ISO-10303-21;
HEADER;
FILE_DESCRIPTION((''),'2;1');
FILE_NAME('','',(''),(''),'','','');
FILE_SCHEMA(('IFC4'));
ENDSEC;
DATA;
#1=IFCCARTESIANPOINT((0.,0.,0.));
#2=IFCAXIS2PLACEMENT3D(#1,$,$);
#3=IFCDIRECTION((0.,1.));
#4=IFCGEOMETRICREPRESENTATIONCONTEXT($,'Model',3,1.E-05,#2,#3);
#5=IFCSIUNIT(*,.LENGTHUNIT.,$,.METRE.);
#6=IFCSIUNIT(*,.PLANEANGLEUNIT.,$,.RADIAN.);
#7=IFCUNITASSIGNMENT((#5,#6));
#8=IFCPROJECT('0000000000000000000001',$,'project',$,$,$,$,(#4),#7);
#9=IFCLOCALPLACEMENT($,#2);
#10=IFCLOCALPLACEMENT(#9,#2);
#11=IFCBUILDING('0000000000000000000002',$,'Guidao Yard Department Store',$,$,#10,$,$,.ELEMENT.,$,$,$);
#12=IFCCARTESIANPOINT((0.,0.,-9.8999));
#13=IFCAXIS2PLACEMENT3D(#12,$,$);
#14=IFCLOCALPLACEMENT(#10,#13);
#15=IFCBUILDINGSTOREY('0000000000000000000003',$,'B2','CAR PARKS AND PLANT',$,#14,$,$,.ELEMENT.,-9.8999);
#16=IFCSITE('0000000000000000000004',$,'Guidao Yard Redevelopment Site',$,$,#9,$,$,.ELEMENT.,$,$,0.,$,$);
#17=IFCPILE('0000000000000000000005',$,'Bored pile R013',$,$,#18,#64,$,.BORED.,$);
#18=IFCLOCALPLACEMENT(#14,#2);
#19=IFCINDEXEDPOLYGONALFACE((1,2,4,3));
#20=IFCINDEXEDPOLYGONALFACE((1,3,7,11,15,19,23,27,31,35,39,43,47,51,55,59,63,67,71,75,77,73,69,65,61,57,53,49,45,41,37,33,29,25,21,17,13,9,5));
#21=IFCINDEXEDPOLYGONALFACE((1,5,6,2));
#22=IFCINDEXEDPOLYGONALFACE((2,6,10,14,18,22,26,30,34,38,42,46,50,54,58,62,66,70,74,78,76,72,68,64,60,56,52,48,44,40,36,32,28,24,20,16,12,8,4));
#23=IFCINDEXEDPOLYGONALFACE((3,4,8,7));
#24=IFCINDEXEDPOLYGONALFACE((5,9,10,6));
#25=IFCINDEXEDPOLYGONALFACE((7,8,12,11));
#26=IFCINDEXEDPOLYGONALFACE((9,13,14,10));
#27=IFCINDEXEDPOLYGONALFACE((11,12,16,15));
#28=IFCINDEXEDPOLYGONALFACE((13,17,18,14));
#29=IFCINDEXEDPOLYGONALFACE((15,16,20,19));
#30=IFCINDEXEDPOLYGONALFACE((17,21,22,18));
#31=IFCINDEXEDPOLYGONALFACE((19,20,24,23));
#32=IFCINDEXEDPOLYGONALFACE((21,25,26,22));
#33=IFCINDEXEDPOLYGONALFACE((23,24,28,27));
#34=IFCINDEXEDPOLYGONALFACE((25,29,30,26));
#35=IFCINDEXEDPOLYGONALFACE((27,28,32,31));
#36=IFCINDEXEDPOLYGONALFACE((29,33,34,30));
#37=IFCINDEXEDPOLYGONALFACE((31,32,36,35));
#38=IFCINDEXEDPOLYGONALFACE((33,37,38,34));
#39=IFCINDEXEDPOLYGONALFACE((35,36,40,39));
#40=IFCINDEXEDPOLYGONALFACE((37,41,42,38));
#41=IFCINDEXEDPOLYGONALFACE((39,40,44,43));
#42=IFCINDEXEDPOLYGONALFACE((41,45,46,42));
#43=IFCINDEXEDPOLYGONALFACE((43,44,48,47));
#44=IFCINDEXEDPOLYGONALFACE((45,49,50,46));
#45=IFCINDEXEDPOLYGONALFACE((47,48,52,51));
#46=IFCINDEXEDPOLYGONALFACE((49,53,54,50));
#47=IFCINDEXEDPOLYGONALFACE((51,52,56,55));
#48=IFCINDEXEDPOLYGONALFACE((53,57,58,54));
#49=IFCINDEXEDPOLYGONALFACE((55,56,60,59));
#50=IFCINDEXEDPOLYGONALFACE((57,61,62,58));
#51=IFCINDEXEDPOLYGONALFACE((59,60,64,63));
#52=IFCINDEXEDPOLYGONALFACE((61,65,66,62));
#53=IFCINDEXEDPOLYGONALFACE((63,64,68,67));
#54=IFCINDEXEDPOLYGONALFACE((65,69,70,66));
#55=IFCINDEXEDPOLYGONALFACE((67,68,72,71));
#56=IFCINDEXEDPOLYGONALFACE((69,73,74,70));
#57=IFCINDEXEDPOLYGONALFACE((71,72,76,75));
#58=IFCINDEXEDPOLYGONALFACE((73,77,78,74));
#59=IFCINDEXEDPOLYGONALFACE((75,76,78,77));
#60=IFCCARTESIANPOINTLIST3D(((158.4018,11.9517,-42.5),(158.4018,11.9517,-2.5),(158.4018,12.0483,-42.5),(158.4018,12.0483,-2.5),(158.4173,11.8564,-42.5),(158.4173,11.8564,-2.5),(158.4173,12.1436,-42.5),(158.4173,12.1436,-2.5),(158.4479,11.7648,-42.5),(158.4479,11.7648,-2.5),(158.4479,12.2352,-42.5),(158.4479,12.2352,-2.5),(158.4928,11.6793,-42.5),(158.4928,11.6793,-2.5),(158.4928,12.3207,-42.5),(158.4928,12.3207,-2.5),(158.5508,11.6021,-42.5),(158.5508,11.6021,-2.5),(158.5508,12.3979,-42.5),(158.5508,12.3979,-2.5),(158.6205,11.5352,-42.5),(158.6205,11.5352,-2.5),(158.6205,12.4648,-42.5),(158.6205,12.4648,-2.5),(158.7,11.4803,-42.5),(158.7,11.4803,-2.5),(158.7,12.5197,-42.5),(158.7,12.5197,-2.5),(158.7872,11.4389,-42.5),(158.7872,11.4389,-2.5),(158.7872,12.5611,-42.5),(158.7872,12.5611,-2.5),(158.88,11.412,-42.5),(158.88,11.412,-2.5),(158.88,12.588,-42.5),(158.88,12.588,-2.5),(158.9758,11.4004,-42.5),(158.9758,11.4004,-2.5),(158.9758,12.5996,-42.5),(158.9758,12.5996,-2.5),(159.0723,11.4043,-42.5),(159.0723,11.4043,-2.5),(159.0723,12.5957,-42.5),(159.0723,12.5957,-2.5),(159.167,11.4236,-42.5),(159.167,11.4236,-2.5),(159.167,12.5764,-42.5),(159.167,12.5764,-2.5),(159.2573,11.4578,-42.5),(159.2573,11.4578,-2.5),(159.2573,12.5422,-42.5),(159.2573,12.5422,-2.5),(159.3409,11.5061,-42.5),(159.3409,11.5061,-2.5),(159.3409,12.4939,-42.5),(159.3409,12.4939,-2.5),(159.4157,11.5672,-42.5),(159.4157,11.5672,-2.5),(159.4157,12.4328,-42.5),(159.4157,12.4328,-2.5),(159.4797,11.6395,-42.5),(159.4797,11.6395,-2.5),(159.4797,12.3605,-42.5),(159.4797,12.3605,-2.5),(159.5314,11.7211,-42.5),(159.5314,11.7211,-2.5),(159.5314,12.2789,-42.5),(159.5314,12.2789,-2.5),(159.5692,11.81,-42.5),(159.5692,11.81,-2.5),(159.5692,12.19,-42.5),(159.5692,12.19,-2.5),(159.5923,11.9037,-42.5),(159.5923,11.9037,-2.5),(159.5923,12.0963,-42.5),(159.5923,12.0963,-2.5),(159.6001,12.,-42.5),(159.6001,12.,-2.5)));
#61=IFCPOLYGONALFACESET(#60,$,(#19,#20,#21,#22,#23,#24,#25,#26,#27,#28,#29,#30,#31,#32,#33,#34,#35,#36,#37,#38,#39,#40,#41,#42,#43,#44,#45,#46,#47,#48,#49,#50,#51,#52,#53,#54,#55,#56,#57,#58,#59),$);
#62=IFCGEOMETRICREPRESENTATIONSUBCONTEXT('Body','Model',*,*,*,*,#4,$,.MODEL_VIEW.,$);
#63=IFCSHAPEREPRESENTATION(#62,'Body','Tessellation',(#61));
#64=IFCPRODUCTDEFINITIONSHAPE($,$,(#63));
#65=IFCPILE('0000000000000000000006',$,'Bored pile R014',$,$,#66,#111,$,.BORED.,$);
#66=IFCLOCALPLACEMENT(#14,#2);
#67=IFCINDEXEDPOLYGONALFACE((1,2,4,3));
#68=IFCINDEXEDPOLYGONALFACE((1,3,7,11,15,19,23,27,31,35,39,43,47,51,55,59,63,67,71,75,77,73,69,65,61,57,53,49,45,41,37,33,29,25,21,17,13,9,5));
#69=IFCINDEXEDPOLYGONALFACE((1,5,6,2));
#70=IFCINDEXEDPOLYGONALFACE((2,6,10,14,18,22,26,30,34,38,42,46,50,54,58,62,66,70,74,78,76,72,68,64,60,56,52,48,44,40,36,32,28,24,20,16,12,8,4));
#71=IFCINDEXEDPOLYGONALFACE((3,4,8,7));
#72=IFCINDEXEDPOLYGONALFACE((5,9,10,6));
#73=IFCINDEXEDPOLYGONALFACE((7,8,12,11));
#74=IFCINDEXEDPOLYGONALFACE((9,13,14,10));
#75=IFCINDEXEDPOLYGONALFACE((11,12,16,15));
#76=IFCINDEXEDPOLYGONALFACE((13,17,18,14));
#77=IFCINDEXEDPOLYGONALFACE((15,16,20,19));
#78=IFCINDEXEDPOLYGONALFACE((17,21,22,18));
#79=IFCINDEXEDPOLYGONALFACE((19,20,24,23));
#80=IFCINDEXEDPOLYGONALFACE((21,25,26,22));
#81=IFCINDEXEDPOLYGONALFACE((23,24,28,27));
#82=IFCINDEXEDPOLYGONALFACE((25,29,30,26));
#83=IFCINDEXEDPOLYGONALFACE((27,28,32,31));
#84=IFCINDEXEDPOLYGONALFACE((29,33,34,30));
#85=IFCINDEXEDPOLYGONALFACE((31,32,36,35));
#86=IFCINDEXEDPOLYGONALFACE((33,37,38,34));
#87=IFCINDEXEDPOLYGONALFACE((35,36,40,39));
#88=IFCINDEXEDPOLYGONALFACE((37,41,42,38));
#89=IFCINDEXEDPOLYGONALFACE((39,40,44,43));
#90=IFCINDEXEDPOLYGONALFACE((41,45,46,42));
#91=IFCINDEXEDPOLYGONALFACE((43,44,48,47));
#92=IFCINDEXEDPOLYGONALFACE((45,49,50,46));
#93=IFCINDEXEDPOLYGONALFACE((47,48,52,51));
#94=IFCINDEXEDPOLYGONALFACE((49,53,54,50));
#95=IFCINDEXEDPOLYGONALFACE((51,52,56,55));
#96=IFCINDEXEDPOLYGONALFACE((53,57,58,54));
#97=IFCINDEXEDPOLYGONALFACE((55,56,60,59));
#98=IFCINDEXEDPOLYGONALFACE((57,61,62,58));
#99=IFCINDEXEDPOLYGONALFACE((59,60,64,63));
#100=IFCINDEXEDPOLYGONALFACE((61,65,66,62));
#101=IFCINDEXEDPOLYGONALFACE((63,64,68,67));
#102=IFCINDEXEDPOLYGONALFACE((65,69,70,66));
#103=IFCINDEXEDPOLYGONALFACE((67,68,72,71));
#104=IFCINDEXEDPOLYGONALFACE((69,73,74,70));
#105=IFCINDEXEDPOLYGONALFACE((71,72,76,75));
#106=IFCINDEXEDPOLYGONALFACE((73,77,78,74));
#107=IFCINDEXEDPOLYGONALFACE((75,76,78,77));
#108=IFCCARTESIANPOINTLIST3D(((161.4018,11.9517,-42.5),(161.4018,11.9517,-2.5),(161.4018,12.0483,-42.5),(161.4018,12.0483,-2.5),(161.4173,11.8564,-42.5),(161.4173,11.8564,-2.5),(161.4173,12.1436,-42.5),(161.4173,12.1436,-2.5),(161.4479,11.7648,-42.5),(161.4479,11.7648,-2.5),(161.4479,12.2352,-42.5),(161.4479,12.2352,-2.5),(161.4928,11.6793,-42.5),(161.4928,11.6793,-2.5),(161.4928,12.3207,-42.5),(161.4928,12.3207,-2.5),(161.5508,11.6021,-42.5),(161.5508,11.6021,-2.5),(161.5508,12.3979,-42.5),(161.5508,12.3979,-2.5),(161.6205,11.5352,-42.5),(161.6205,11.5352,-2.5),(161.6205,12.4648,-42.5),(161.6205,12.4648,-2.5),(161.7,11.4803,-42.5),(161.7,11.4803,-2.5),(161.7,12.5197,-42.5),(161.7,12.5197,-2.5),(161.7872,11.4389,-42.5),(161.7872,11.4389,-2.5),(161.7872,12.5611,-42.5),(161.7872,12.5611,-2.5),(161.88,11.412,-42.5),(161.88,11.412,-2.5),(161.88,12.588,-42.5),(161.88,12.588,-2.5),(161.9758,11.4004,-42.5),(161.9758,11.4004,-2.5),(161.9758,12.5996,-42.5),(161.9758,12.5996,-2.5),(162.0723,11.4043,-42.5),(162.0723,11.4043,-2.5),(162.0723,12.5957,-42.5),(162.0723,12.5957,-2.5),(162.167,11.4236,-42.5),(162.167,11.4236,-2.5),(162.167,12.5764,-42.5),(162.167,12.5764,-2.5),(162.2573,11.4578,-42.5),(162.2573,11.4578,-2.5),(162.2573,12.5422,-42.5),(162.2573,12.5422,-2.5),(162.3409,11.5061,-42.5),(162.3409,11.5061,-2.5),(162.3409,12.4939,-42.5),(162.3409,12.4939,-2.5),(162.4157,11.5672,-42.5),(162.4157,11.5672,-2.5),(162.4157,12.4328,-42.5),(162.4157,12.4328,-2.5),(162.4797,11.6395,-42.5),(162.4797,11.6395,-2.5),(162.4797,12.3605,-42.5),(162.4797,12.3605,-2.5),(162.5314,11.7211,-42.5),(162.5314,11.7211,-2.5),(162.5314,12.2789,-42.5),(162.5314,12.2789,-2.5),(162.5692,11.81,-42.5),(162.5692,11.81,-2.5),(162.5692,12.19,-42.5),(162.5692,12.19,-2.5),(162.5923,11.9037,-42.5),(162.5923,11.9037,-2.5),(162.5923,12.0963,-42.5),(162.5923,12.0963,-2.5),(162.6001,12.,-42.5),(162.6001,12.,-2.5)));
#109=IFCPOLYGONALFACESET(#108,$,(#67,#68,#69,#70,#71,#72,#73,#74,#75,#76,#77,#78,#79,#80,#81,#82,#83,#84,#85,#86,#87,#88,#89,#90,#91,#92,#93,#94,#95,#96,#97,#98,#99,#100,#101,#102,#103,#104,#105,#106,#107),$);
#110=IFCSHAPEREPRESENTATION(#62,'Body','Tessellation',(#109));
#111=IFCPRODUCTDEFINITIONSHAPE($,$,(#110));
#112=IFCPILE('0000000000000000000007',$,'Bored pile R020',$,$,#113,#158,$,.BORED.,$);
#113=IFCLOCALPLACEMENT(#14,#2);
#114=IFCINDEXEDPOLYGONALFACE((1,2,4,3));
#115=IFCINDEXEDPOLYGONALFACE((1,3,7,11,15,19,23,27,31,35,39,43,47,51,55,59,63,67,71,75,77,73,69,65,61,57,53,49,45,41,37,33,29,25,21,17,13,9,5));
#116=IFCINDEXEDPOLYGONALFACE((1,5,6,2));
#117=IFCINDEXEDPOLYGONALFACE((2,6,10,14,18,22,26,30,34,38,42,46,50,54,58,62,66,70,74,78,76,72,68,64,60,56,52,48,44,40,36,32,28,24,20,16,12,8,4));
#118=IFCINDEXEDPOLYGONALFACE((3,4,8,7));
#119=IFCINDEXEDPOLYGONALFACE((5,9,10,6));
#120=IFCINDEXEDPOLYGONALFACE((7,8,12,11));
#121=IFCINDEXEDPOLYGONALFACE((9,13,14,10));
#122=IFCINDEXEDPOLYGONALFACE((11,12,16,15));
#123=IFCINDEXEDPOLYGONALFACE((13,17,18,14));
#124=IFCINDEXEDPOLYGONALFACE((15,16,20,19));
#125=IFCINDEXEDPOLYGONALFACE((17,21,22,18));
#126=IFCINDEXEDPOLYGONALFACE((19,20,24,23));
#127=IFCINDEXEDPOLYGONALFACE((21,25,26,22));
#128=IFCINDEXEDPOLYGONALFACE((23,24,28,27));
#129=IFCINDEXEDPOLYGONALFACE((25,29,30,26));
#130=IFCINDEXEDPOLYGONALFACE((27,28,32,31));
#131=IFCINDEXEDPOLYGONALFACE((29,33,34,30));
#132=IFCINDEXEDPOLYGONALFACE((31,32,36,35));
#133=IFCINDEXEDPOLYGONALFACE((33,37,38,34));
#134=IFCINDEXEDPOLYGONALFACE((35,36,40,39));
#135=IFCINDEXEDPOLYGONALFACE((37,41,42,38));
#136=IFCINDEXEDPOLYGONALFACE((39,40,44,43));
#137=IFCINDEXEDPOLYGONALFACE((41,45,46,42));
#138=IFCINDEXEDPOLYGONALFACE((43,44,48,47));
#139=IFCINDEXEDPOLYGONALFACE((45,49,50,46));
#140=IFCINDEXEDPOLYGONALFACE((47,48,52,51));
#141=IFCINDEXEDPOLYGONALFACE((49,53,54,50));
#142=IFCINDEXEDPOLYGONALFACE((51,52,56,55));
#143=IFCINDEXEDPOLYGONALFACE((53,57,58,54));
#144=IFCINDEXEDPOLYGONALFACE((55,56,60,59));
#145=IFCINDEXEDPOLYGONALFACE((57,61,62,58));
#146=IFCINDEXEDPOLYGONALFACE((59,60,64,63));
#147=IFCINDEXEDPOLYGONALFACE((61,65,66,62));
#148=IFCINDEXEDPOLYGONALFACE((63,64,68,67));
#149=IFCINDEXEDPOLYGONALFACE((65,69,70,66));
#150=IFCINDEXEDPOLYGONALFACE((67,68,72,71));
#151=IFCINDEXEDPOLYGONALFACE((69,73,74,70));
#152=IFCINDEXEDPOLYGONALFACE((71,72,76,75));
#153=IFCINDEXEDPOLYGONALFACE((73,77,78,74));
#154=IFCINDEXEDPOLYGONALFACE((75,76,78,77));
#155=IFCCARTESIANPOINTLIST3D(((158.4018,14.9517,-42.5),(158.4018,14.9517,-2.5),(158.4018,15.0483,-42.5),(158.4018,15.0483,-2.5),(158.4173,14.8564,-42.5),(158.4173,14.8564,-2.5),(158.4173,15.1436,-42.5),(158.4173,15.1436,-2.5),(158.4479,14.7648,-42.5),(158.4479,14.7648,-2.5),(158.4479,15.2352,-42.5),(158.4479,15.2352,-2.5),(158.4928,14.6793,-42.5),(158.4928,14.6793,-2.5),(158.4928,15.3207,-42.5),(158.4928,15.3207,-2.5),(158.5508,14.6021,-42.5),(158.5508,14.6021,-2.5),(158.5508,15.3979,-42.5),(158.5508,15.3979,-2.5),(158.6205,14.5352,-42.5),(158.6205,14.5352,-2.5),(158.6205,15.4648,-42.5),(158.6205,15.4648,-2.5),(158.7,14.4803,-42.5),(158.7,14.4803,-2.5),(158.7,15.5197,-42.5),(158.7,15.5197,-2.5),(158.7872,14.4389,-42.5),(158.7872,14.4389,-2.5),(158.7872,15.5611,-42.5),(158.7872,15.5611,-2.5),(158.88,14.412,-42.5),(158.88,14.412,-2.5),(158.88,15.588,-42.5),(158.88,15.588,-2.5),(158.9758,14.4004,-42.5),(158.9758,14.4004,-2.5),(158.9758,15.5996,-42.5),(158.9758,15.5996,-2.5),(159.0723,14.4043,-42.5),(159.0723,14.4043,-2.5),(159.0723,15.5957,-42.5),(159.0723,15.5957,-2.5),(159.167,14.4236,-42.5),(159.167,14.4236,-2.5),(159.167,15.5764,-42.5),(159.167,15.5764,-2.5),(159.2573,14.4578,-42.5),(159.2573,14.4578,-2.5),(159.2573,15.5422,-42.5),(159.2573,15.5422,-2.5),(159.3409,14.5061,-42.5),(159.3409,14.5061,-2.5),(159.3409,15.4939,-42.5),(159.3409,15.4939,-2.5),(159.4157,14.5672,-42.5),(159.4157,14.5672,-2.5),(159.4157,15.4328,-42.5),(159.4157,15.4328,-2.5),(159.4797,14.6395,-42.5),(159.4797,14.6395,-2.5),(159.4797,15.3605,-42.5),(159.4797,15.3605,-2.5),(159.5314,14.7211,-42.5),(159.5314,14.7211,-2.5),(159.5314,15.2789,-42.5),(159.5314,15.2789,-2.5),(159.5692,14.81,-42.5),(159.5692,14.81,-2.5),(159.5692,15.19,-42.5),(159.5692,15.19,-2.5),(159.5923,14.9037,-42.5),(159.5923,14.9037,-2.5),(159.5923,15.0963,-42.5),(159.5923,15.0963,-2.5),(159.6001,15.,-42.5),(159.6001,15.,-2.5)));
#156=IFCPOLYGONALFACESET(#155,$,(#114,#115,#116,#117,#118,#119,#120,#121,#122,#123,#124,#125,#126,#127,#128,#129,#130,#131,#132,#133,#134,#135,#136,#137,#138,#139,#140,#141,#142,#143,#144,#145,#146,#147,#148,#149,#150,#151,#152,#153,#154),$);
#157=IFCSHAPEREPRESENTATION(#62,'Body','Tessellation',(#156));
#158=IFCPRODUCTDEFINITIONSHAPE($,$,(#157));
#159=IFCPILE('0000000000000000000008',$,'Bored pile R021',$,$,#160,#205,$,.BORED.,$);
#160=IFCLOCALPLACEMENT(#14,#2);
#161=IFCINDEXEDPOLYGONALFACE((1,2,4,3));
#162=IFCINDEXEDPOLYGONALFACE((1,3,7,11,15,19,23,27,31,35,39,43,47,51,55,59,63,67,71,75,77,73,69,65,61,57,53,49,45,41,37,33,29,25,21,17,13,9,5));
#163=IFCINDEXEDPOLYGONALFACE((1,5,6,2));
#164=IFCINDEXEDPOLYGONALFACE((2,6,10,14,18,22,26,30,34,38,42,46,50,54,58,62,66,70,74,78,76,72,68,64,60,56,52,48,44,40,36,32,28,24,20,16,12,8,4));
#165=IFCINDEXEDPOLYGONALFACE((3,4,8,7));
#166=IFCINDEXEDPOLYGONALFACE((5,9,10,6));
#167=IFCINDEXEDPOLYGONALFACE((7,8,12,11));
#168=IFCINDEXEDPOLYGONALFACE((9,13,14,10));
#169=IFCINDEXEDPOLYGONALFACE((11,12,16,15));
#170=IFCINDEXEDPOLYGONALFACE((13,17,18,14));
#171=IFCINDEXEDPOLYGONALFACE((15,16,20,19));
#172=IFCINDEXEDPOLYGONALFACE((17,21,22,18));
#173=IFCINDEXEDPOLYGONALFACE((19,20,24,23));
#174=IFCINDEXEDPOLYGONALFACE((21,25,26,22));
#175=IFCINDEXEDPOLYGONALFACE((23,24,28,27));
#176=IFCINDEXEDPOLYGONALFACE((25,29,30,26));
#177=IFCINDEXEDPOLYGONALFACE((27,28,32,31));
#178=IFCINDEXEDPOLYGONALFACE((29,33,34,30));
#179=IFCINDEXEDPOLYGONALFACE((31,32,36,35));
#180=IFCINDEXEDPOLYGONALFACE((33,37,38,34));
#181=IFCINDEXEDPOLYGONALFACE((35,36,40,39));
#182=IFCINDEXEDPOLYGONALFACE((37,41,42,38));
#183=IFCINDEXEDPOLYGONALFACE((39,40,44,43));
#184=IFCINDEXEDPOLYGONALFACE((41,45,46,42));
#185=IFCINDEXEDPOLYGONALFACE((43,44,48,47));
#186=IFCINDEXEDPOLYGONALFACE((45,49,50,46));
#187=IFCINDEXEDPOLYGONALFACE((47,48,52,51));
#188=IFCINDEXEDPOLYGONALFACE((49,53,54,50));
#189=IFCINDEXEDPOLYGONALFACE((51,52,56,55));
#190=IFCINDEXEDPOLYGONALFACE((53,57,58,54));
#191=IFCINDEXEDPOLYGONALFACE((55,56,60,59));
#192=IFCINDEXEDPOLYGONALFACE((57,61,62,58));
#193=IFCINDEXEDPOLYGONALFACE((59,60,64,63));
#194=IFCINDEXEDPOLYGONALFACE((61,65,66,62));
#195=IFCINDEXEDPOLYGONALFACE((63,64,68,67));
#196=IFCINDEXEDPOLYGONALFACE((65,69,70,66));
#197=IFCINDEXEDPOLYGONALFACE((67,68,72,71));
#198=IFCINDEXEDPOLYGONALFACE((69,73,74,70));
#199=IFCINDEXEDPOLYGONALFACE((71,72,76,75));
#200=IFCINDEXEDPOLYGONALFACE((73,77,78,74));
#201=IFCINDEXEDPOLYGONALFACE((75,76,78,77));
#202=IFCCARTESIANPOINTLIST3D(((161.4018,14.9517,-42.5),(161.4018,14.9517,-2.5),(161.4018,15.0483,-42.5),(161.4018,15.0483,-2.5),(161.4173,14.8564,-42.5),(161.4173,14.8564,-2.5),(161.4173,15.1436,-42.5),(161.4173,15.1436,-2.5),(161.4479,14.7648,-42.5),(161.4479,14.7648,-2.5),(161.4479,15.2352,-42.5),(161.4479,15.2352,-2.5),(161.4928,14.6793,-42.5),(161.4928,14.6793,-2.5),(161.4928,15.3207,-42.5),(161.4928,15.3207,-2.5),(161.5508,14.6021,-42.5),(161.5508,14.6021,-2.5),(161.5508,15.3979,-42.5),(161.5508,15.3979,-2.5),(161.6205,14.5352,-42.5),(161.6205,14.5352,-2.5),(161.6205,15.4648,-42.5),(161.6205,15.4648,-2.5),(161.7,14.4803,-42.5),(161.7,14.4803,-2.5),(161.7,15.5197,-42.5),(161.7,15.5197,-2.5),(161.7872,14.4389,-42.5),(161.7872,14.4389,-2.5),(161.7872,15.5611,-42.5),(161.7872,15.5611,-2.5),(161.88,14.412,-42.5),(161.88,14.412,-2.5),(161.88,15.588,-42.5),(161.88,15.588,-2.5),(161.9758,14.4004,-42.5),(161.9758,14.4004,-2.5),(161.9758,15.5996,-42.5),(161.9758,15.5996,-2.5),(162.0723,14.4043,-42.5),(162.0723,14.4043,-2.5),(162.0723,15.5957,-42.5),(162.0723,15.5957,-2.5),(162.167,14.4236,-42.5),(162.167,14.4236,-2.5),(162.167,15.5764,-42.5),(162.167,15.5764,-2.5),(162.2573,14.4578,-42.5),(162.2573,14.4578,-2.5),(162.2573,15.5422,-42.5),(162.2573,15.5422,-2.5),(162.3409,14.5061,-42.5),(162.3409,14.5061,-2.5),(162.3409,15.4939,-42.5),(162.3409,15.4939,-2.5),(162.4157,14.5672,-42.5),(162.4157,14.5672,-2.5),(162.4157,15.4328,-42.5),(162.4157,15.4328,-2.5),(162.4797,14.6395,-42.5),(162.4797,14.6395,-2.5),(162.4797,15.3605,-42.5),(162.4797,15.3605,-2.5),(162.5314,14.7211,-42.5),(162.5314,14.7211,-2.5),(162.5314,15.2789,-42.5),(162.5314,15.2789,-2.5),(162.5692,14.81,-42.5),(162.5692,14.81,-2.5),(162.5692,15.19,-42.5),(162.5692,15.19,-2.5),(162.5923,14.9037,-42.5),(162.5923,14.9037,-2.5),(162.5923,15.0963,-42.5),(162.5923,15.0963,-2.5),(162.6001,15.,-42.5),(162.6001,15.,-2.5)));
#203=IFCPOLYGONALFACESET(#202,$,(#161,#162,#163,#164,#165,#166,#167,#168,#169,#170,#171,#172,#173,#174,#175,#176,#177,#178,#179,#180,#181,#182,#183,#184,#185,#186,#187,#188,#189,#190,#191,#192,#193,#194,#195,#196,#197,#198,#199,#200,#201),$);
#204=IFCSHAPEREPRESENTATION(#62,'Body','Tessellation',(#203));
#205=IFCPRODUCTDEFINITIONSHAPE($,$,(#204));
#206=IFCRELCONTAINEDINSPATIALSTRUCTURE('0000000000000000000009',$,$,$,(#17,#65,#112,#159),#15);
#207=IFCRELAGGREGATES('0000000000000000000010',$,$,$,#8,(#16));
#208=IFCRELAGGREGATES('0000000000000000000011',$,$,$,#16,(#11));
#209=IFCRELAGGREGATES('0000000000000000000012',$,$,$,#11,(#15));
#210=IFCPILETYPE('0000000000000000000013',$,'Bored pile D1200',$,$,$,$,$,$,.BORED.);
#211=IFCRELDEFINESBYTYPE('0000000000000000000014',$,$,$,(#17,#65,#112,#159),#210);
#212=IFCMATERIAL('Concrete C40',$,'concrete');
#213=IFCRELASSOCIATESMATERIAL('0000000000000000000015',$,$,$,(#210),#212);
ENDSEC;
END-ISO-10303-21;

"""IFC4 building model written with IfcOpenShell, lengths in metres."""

from ifc_helpers import new_model, si_unit, direction, frame, origin, origin_2d, place, context, subcontext, project, spatial, circle, extrude, material, material_profile, profile_set, type_object, element, save


model = new_model("IFC4")

# Units and contexts
model_context = context("Model", 3, precision=1e-05, world=origin(), true_north=direction((0.0, 1.0)))
body_context = subcontext(model_context, "Body", "Model", "MODEL_VIEW")
ifc_project = project(units=[si_unit("LENGTHUNIT", "METRE"), si_unit("PLANEANGLEUNIT", "RADIAN")], contexts=[model_context])

# Site, building, storey
site_placement = place(None, origin())
site = spatial("IfcSite", under=ifc_project, at=site_placement, Name="Guidao Yard Redevelopment Site", CompositionType="ELEMENT", RefElevation=0.0)
building_placement = place(site_placement, origin())
building = spatial("IfcBuilding", under=site, at=building_placement, Name="Guidao Yard Department Store", CompositionType="ELEMENT")
storey_placement = place(building_placement, frame((0.0, 0.0, -9.8999)))
storey = spatial("IfcBuildingStorey", under=building, at=storey_placement, Name="B2", Description="CAR PARKS AND PLANT", CompositionType="ELEMENT", Elevation=-9.8999)

# Piles
ifc_material_1 = material(Name="Concrete C40", Category="concrete")
ifc_material_profile_1 = material_profile(ifc_material_1, circle(Radius=0.6001, at=origin_2d()), Name="Bored pile D1200")
ifc_profile_set_1 = profile_set([ifc_material_profile_1], Name="Concrete C40")
pile_type = type_object("IfcPileType", Name="Bored pile D1200", PredefinedType="BORED", material=ifc_profile_set_1)
for number, where, z_axis, x_axis, name in (
    (1, (159.0, 12.0, -2.5), (0.0, 0.0, -1.0), (1.0, 0.0, 0.0), "Bored pile R013"),
    (2, (162.0, 12.0, -2.5), (0.0, 0.0, -1.0), (1.0, 0.0, 0.0), "Bored pile R014"),
    (3, (159.0, 15.0, -2.5), (0.0, 0.0, -1.0), (1.0, 0.0, 0.0), "Bored pile R020"),
    (4, (162.0, 15.0, -2.5), (0.0, 0.0, -1.0), (1.0, 0.0, 0.0), "Bored pile R021"),
):
    element("IfcPile", number, at=place(storey_placement, frame(where, z_axis=z_axis, x_axis=x_axis)), inside=storey, type_object=pile_type, Name=name, PredefinedType="BORED", context=body_context, shape_type="SweptSolid", body=[
        extrude(circle(Radius=0.6001, at=origin_2d()), origin(), (0.0, 0.0, 1.0), 40.0),
    ])

save(model, "model.ifc")
